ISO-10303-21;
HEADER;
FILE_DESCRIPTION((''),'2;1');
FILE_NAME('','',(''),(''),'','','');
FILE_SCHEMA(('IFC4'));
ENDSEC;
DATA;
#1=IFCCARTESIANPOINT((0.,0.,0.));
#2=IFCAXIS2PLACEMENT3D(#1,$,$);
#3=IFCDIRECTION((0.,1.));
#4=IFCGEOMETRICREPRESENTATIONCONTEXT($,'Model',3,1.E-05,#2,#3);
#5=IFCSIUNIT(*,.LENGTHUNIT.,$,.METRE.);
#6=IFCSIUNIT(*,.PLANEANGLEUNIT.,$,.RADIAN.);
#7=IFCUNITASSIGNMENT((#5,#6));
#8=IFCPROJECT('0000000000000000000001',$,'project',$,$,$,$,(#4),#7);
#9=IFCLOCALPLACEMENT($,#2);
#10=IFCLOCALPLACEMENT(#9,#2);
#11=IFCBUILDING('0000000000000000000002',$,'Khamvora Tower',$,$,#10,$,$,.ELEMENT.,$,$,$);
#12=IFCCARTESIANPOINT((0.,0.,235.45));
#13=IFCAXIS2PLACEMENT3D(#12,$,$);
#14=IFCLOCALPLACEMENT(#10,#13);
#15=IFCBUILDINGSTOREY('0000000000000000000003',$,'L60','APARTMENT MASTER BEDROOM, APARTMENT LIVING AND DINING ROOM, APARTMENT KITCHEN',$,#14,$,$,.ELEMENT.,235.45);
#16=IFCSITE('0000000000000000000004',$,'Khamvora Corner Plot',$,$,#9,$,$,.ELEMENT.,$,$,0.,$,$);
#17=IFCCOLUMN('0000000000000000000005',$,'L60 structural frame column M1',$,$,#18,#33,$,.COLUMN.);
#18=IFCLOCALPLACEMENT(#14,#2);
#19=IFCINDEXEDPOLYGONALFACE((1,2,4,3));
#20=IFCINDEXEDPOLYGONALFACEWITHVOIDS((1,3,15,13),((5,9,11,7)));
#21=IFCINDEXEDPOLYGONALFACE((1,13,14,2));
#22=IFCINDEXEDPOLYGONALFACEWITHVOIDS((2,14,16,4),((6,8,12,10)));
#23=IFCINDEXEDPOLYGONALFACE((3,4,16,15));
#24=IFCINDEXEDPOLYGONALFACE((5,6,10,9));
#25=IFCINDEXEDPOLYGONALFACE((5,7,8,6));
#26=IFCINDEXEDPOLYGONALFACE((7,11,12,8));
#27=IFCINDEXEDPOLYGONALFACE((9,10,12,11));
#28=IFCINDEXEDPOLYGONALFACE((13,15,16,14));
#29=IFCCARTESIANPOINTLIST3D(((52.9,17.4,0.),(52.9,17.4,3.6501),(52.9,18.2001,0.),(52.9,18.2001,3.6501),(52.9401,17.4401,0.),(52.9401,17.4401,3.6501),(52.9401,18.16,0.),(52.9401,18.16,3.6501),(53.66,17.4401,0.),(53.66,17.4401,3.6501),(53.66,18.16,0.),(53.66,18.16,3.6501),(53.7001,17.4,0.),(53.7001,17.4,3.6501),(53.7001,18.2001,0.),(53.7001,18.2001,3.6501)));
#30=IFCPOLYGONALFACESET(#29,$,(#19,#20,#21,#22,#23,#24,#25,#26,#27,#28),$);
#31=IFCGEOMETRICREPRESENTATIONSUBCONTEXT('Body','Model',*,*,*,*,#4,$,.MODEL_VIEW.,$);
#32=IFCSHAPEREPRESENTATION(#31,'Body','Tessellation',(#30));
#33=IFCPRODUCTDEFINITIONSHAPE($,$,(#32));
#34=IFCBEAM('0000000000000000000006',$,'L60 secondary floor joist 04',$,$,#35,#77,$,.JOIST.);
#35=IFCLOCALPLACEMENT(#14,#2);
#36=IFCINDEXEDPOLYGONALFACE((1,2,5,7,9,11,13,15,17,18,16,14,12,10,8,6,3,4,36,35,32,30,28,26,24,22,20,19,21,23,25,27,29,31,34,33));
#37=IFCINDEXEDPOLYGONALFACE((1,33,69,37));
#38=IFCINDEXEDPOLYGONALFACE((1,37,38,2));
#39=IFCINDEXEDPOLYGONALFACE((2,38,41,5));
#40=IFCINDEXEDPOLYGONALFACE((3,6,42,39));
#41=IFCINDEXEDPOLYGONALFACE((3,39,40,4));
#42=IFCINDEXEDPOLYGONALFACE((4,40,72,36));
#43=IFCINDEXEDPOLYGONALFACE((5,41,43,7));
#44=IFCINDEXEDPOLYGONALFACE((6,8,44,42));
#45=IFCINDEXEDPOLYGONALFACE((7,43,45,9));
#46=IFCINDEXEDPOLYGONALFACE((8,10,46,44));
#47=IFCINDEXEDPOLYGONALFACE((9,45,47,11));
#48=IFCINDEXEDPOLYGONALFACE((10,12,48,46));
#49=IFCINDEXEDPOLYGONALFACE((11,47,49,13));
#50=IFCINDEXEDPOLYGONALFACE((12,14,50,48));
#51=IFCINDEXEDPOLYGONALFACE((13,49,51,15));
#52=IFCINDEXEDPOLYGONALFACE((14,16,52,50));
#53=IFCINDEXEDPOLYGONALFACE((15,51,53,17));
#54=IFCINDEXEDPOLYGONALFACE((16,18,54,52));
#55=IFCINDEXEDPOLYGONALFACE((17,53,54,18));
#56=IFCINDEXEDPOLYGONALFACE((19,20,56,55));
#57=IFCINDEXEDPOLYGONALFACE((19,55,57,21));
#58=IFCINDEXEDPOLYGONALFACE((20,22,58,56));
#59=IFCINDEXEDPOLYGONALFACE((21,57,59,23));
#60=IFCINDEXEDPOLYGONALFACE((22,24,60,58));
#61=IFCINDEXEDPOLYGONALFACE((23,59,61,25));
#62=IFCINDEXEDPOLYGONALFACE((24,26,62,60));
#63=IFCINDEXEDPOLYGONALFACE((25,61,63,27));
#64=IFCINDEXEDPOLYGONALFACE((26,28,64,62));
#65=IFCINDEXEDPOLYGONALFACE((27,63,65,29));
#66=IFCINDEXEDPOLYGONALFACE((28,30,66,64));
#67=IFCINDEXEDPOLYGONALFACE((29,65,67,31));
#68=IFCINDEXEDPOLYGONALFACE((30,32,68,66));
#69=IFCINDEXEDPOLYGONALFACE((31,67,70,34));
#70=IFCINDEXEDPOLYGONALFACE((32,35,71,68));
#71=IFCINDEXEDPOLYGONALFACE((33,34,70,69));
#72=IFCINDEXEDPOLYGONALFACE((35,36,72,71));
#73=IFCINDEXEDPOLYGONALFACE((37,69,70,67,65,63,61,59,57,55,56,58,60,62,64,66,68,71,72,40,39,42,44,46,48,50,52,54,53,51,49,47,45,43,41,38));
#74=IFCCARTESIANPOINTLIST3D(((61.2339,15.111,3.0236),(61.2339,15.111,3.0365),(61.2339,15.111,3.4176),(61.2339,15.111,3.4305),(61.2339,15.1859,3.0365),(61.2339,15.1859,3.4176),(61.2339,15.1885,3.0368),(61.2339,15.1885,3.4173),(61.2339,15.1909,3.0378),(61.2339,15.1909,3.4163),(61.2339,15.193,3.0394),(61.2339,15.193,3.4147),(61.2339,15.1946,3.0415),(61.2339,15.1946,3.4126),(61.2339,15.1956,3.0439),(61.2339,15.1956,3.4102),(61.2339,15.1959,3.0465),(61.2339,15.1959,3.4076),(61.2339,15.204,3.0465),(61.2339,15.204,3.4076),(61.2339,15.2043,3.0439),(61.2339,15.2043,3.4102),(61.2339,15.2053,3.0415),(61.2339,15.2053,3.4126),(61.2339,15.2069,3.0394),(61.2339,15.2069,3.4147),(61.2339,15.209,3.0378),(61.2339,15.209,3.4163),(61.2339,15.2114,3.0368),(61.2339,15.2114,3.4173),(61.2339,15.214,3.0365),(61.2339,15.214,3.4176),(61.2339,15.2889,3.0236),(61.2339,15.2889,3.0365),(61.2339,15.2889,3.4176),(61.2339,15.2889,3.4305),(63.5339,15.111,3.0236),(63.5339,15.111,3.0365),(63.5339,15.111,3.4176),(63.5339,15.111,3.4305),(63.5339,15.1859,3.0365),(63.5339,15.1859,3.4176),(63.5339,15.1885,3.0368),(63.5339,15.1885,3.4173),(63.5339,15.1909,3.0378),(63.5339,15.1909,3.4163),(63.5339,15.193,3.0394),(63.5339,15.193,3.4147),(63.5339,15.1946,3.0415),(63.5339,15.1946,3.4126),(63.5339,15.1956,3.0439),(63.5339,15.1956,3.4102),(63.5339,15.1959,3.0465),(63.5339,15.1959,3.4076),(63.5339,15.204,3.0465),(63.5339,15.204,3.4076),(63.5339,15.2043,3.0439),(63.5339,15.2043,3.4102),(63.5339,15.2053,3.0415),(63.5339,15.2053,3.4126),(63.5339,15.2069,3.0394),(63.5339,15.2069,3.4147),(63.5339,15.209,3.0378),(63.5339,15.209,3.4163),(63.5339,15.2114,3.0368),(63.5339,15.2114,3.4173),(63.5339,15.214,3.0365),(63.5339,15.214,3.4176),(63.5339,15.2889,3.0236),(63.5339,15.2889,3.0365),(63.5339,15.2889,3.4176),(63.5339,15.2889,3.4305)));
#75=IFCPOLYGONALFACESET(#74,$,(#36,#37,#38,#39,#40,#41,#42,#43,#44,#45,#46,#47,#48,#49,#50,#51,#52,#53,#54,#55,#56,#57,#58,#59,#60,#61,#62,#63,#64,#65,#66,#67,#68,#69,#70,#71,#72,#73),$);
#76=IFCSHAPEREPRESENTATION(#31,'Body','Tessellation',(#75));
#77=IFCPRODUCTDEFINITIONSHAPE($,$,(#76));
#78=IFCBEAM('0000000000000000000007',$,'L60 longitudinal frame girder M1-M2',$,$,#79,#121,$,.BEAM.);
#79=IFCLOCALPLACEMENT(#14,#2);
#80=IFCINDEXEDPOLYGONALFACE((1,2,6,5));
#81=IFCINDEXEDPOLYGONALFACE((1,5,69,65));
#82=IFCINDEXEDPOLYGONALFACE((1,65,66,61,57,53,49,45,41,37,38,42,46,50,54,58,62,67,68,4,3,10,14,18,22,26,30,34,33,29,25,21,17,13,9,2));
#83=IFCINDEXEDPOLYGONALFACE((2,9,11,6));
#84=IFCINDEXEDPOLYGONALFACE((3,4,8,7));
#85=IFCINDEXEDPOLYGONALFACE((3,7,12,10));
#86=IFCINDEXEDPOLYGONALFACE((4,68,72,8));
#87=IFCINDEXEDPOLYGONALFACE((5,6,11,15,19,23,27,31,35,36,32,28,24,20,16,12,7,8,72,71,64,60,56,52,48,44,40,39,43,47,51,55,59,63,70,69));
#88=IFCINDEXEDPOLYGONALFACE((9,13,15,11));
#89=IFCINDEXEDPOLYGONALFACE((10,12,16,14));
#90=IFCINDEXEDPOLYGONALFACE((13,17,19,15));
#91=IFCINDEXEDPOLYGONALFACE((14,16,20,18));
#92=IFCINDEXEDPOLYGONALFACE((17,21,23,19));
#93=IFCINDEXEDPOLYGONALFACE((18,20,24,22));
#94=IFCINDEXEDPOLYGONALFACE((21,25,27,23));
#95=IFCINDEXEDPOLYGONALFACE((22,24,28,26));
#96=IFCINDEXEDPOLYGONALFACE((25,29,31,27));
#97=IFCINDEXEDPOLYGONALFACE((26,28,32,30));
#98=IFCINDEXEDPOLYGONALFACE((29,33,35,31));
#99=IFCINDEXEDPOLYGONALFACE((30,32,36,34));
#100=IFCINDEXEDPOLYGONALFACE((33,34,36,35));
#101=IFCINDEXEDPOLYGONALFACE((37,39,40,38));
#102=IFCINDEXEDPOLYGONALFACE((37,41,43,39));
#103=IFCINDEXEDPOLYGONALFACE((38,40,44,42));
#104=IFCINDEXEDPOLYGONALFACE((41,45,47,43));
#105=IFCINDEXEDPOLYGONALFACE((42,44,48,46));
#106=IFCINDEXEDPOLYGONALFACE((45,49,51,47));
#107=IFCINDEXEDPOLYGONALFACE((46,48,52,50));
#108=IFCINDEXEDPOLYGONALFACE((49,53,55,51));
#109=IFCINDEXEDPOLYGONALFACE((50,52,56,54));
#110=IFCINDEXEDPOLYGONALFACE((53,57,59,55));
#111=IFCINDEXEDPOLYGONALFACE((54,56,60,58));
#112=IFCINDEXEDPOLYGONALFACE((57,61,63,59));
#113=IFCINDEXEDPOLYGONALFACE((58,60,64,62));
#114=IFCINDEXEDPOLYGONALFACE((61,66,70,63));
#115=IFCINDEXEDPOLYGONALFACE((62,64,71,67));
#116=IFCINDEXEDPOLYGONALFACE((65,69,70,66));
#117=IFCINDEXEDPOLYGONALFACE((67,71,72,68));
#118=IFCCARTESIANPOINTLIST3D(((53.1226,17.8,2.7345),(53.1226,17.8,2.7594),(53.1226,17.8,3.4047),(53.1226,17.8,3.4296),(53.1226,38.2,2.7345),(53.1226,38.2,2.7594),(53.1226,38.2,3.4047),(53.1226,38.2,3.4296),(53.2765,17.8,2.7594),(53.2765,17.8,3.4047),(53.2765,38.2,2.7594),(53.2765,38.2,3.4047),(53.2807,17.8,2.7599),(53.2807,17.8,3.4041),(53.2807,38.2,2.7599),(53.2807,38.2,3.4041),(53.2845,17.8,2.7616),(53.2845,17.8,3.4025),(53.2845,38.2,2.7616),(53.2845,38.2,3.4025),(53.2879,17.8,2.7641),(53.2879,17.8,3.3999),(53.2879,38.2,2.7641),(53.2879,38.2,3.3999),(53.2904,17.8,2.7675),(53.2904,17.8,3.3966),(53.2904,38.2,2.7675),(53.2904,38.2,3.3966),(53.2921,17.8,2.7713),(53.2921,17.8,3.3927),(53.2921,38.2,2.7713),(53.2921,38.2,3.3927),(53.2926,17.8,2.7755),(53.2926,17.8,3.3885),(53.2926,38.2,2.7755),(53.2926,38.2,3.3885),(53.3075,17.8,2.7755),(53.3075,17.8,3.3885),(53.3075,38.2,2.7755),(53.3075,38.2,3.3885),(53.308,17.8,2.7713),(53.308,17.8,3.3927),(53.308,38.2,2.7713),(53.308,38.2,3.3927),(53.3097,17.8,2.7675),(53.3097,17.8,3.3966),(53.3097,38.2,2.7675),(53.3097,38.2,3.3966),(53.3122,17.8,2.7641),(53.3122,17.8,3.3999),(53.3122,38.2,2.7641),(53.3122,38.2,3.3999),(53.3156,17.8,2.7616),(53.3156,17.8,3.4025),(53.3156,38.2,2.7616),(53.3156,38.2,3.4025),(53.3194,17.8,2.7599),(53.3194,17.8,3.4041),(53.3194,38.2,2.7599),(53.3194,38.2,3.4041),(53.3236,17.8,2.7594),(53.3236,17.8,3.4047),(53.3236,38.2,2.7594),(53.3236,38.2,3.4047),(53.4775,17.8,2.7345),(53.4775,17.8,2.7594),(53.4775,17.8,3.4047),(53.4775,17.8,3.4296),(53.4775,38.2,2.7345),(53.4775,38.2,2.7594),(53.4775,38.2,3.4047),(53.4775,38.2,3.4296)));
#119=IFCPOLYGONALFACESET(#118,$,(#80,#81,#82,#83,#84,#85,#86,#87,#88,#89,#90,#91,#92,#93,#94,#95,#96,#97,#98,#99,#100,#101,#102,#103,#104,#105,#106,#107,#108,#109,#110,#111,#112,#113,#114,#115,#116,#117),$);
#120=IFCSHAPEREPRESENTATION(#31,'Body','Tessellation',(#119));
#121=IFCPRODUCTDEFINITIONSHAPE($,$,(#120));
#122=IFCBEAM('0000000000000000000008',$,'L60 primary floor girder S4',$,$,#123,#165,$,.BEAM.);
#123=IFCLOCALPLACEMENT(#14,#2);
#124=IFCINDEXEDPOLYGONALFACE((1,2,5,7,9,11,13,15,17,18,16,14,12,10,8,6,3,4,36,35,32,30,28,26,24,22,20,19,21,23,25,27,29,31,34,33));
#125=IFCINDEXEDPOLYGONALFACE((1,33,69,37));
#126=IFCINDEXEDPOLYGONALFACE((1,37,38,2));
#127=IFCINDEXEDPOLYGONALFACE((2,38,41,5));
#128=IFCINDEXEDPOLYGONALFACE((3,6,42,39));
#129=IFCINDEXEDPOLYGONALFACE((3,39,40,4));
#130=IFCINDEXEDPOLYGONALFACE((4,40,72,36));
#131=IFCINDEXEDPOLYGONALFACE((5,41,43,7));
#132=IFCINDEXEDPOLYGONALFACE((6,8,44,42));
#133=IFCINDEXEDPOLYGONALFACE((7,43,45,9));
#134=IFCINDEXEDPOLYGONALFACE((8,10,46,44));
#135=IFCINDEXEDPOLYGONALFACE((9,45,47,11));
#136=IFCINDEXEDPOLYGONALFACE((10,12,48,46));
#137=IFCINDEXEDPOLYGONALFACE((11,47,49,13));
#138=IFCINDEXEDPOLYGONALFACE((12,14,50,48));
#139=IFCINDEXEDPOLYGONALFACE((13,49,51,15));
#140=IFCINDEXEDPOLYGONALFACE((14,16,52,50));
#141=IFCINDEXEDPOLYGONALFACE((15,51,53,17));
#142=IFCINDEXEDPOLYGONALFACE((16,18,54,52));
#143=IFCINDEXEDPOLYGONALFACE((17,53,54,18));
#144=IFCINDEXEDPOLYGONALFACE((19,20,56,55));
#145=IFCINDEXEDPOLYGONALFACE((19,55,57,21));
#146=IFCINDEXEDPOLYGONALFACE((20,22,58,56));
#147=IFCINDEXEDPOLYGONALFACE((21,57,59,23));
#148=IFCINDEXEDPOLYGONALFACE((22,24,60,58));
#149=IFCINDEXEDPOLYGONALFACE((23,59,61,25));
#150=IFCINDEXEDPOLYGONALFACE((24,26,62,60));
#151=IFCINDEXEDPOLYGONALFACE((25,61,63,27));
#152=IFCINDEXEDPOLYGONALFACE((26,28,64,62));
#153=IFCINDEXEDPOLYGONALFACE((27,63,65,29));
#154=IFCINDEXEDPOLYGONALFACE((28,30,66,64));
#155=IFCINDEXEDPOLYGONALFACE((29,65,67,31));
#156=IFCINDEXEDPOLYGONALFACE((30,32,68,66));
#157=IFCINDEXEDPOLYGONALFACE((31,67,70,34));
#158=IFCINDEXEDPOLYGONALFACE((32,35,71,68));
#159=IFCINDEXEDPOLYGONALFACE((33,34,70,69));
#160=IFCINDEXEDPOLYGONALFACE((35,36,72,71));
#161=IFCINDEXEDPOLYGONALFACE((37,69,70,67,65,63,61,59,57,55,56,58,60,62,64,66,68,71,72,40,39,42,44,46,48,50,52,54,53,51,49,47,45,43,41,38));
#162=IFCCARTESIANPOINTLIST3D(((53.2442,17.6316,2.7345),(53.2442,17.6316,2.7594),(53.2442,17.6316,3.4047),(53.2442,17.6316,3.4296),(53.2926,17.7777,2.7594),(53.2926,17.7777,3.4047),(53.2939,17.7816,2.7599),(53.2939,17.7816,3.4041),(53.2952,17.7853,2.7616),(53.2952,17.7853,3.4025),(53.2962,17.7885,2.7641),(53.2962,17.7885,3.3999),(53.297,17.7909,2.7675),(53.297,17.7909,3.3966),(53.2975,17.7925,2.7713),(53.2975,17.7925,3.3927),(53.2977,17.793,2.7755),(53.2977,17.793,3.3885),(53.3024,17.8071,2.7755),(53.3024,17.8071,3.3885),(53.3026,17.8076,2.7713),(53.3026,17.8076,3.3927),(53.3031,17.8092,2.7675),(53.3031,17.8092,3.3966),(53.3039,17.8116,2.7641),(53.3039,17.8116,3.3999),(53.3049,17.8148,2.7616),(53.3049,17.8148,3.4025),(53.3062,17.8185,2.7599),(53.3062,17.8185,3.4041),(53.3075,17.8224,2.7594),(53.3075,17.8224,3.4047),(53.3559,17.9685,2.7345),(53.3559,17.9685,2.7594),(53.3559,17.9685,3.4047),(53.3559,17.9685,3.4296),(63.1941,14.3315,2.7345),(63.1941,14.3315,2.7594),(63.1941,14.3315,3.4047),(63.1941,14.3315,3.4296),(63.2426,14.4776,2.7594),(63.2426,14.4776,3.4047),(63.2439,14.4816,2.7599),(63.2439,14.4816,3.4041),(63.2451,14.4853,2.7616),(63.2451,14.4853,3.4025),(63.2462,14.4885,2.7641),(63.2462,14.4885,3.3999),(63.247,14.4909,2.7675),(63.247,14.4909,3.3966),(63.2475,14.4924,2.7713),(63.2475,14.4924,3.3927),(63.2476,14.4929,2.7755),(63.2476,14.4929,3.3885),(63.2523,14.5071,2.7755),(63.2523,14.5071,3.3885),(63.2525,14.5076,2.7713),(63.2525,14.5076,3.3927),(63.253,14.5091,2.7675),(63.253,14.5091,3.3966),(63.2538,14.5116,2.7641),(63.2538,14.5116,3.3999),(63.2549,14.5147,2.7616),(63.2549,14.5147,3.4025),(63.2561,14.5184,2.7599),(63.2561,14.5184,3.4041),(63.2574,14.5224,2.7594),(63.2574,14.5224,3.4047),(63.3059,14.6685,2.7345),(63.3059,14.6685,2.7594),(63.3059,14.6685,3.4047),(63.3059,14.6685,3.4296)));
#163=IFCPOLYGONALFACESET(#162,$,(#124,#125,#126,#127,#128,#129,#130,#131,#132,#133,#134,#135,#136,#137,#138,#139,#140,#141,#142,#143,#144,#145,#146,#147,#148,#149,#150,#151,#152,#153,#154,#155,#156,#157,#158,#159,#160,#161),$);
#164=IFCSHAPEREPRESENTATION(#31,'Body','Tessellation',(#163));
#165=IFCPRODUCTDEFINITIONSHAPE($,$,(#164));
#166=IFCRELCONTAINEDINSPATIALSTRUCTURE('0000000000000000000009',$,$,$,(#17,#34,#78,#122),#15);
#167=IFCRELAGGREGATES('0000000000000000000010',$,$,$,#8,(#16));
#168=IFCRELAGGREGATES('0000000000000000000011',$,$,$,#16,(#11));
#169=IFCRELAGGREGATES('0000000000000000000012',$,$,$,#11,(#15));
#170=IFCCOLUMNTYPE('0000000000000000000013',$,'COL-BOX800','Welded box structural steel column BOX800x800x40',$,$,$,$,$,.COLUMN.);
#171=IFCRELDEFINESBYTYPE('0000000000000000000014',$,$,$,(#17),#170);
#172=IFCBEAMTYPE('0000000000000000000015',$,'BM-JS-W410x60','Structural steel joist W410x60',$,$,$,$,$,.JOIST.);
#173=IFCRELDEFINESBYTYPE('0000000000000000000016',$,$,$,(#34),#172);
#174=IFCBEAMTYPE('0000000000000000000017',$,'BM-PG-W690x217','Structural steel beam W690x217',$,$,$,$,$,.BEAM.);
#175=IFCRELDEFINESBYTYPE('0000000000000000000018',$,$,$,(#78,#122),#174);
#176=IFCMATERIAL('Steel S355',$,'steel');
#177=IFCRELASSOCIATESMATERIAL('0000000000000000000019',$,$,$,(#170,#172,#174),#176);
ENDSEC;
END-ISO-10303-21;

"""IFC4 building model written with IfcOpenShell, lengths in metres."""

from ifc_helpers import new_model, si_unit, direction, frame, origin, origin_2d, place, context, subcontext, project, spatial, hollow_rectangle, i_section, extrude, material, material_profile, profile_set, type_object, element, save


model = new_model("IFC4")

# Units and contexts
model_context = context("Model", 3, precision=1e-05, world=origin(), true_north=direction((0.0, 1.0)))
body_context = subcontext(model_context, "Body", "Model", "MODEL_VIEW")
ifc_project = project(units=[si_unit("LENGTHUNIT", "METRE"), si_unit("PLANEANGLEUNIT", "RADIAN")], contexts=[model_context])

# Site, building, storey
site_placement = place(None, origin())
site = spatial("IfcSite", under=ifc_project, at=site_placement, Name="Khamvora Corner Plot", CompositionType="ELEMENT", RefElevation=0.0)
building_placement = place(site_placement, origin())
building = spatial("IfcBuilding", under=site, at=building_placement, Name="Khamvora Tower", CompositionType="ELEMENT")
storey_placement = place(building_placement, frame((0.0, 0.0, 235.45)))
storey = spatial("IfcBuildingStorey", under=building, at=storey_placement, Name="L60", Description="APARTMENT MASTER BEDROOM, APARTMENT LIVING AND DINING ROOM, APARTMENT KITCHEN", CompositionType="ELEMENT", Elevation=235.45)

# Column
ifc_material_1 = material(Name="Steel S355", Category="steel")
ifc_material_profile_1 = material_profile(ifc_material_1, hollow_rectangle(XDim=0.8, YDim=0.8, WallThickness=0.04, at=origin_2d()), Name="BOX800x800x40")
ifc_profile_set_1 = profile_set([ifc_material_profile_1], Name="Steel S355")
column_type = type_object("IfcColumnType", Name="COL-BOX800", Description="Welded box structural steel column BOX800x800x40", PredefinedType="COLUMN", material=ifc_profile_set_1)
column_placement = place(storey_placement, frame((53.3, 17.8, 0.0), z_axis=(0.0, 0.0, 1.0), x_axis=(1.0, 0.0, 0.0)))
element("IfcColumn", 1, at=column_placement, inside=storey, type_object=column_type, Name="L60 structural frame column M1", PredefinedType="COLUMN", context=body_context, shape_type="SweptSolid", body=[
    extrude(hollow_rectangle(XDim=0.8, YDim=0.8, WallThickness=0.04, at=origin_2d()), origin(), (0.0, 0.0, 1.0), 3.6501),
])

# Beams
ifc_material_profile_2 = material_profile(ifc_material_1, i_section(OverallWidth=0.178, OverallDepth=0.407, WebThickness=0.0081, FlangeThickness=0.0129, FilletRadius=0.01, at=origin_2d()), Name="W410x60")
ifc_profile_set_2 = profile_set([ifc_material_profile_2], Name="Steel S355")
beam_type_1 = type_object("IfcBeamType", Name="BM-JS-W410x60", Description="Structural steel joist W410x60", PredefinedType="JOIST", material=ifc_profile_set_2)
beam_1_placement = place(storey_placement, frame((61.2339, 15.2, 3.2271), z_axis=(1.0, 0.0, 0.0), x_axis=(0.0, 1.0, 0.0)))
element("IfcBeam", 2, at=beam_1_placement, inside=storey, type_object=beam_type_1, Name="L60 secondary floor joist 04", PredefinedType="JOIST", context=body_context, shape_type="SweptSolid", body=[
    extrude(i_section(OverallWidth=0.178, OverallDepth=0.407, WebThickness=0.0081, FlangeThickness=0.0129, FilletRadius=0.01, at=origin_2d()), origin(), (0.0, 0.0, 1.0), 2.3),
])
ifc_material_profile_3 = material_profile(ifc_material_1, i_section(OverallWidth=0.355, OverallDepth=0.6951, WebThickness=0.0149, FlangeThickness=0.0249, FilletRadius=0.0161, at=origin_2d()), Name="W690x217")
ifc_profile_set_3 = profile_set([ifc_material_profile_3], Name="Steel S355")
beam_type_2 = type_object("IfcBeamType", Name="BM-PG-W690x217", Description="Structural steel beam W690x217", PredefinedType="BEAM", material=ifc_profile_set_3)
beam_2_placement = place(storey_placement, frame((53.3, 17.8, 3.082), z_axis=(0.0, 1.0, 0.0), x_axis=(-1.0, 0.0, 0.0)))
element("IfcBeam", 3, at=beam_2_placement, inside=storey, type_object=beam_type_2, Name="L60 longitudinal frame girder M1-M2", PredefinedType="BEAM", context=body_context, shape_type="SweptSolid", body=[
    extrude(i_section(OverallWidth=0.355, OverallDepth=0.6951, WebThickness=0.0149, FlangeThickness=0.0249, FilletRadius=0.0161, at=origin_2d()), origin(), (0.0, 0.0, 1.0), 20.3999),
])
beam_3_placement = place(storey_placement, frame((53.3, 17.8, 3.082), z_axis=(0.949157, -0.314802, 0.0), x_axis=(0.314802, 0.949157, 0.0)))
element("IfcBeam", 4, at=beam_3_placement, inside=storey, type_object=beam_type_2, Name="L60 primary floor girder S4", PredefinedType="BEAM", context=body_context, shape_type="SweptSolid", body=[
    extrude(i_section(OverallWidth=0.355, OverallDepth=0.6951, WebThickness=0.0149, FlangeThickness=0.0249, FilletRadius=0.0161, at=origin_2d()), origin(), (0.0, 0.0, 1.0), 10.4829),
])

save(model, "model.ifc")
